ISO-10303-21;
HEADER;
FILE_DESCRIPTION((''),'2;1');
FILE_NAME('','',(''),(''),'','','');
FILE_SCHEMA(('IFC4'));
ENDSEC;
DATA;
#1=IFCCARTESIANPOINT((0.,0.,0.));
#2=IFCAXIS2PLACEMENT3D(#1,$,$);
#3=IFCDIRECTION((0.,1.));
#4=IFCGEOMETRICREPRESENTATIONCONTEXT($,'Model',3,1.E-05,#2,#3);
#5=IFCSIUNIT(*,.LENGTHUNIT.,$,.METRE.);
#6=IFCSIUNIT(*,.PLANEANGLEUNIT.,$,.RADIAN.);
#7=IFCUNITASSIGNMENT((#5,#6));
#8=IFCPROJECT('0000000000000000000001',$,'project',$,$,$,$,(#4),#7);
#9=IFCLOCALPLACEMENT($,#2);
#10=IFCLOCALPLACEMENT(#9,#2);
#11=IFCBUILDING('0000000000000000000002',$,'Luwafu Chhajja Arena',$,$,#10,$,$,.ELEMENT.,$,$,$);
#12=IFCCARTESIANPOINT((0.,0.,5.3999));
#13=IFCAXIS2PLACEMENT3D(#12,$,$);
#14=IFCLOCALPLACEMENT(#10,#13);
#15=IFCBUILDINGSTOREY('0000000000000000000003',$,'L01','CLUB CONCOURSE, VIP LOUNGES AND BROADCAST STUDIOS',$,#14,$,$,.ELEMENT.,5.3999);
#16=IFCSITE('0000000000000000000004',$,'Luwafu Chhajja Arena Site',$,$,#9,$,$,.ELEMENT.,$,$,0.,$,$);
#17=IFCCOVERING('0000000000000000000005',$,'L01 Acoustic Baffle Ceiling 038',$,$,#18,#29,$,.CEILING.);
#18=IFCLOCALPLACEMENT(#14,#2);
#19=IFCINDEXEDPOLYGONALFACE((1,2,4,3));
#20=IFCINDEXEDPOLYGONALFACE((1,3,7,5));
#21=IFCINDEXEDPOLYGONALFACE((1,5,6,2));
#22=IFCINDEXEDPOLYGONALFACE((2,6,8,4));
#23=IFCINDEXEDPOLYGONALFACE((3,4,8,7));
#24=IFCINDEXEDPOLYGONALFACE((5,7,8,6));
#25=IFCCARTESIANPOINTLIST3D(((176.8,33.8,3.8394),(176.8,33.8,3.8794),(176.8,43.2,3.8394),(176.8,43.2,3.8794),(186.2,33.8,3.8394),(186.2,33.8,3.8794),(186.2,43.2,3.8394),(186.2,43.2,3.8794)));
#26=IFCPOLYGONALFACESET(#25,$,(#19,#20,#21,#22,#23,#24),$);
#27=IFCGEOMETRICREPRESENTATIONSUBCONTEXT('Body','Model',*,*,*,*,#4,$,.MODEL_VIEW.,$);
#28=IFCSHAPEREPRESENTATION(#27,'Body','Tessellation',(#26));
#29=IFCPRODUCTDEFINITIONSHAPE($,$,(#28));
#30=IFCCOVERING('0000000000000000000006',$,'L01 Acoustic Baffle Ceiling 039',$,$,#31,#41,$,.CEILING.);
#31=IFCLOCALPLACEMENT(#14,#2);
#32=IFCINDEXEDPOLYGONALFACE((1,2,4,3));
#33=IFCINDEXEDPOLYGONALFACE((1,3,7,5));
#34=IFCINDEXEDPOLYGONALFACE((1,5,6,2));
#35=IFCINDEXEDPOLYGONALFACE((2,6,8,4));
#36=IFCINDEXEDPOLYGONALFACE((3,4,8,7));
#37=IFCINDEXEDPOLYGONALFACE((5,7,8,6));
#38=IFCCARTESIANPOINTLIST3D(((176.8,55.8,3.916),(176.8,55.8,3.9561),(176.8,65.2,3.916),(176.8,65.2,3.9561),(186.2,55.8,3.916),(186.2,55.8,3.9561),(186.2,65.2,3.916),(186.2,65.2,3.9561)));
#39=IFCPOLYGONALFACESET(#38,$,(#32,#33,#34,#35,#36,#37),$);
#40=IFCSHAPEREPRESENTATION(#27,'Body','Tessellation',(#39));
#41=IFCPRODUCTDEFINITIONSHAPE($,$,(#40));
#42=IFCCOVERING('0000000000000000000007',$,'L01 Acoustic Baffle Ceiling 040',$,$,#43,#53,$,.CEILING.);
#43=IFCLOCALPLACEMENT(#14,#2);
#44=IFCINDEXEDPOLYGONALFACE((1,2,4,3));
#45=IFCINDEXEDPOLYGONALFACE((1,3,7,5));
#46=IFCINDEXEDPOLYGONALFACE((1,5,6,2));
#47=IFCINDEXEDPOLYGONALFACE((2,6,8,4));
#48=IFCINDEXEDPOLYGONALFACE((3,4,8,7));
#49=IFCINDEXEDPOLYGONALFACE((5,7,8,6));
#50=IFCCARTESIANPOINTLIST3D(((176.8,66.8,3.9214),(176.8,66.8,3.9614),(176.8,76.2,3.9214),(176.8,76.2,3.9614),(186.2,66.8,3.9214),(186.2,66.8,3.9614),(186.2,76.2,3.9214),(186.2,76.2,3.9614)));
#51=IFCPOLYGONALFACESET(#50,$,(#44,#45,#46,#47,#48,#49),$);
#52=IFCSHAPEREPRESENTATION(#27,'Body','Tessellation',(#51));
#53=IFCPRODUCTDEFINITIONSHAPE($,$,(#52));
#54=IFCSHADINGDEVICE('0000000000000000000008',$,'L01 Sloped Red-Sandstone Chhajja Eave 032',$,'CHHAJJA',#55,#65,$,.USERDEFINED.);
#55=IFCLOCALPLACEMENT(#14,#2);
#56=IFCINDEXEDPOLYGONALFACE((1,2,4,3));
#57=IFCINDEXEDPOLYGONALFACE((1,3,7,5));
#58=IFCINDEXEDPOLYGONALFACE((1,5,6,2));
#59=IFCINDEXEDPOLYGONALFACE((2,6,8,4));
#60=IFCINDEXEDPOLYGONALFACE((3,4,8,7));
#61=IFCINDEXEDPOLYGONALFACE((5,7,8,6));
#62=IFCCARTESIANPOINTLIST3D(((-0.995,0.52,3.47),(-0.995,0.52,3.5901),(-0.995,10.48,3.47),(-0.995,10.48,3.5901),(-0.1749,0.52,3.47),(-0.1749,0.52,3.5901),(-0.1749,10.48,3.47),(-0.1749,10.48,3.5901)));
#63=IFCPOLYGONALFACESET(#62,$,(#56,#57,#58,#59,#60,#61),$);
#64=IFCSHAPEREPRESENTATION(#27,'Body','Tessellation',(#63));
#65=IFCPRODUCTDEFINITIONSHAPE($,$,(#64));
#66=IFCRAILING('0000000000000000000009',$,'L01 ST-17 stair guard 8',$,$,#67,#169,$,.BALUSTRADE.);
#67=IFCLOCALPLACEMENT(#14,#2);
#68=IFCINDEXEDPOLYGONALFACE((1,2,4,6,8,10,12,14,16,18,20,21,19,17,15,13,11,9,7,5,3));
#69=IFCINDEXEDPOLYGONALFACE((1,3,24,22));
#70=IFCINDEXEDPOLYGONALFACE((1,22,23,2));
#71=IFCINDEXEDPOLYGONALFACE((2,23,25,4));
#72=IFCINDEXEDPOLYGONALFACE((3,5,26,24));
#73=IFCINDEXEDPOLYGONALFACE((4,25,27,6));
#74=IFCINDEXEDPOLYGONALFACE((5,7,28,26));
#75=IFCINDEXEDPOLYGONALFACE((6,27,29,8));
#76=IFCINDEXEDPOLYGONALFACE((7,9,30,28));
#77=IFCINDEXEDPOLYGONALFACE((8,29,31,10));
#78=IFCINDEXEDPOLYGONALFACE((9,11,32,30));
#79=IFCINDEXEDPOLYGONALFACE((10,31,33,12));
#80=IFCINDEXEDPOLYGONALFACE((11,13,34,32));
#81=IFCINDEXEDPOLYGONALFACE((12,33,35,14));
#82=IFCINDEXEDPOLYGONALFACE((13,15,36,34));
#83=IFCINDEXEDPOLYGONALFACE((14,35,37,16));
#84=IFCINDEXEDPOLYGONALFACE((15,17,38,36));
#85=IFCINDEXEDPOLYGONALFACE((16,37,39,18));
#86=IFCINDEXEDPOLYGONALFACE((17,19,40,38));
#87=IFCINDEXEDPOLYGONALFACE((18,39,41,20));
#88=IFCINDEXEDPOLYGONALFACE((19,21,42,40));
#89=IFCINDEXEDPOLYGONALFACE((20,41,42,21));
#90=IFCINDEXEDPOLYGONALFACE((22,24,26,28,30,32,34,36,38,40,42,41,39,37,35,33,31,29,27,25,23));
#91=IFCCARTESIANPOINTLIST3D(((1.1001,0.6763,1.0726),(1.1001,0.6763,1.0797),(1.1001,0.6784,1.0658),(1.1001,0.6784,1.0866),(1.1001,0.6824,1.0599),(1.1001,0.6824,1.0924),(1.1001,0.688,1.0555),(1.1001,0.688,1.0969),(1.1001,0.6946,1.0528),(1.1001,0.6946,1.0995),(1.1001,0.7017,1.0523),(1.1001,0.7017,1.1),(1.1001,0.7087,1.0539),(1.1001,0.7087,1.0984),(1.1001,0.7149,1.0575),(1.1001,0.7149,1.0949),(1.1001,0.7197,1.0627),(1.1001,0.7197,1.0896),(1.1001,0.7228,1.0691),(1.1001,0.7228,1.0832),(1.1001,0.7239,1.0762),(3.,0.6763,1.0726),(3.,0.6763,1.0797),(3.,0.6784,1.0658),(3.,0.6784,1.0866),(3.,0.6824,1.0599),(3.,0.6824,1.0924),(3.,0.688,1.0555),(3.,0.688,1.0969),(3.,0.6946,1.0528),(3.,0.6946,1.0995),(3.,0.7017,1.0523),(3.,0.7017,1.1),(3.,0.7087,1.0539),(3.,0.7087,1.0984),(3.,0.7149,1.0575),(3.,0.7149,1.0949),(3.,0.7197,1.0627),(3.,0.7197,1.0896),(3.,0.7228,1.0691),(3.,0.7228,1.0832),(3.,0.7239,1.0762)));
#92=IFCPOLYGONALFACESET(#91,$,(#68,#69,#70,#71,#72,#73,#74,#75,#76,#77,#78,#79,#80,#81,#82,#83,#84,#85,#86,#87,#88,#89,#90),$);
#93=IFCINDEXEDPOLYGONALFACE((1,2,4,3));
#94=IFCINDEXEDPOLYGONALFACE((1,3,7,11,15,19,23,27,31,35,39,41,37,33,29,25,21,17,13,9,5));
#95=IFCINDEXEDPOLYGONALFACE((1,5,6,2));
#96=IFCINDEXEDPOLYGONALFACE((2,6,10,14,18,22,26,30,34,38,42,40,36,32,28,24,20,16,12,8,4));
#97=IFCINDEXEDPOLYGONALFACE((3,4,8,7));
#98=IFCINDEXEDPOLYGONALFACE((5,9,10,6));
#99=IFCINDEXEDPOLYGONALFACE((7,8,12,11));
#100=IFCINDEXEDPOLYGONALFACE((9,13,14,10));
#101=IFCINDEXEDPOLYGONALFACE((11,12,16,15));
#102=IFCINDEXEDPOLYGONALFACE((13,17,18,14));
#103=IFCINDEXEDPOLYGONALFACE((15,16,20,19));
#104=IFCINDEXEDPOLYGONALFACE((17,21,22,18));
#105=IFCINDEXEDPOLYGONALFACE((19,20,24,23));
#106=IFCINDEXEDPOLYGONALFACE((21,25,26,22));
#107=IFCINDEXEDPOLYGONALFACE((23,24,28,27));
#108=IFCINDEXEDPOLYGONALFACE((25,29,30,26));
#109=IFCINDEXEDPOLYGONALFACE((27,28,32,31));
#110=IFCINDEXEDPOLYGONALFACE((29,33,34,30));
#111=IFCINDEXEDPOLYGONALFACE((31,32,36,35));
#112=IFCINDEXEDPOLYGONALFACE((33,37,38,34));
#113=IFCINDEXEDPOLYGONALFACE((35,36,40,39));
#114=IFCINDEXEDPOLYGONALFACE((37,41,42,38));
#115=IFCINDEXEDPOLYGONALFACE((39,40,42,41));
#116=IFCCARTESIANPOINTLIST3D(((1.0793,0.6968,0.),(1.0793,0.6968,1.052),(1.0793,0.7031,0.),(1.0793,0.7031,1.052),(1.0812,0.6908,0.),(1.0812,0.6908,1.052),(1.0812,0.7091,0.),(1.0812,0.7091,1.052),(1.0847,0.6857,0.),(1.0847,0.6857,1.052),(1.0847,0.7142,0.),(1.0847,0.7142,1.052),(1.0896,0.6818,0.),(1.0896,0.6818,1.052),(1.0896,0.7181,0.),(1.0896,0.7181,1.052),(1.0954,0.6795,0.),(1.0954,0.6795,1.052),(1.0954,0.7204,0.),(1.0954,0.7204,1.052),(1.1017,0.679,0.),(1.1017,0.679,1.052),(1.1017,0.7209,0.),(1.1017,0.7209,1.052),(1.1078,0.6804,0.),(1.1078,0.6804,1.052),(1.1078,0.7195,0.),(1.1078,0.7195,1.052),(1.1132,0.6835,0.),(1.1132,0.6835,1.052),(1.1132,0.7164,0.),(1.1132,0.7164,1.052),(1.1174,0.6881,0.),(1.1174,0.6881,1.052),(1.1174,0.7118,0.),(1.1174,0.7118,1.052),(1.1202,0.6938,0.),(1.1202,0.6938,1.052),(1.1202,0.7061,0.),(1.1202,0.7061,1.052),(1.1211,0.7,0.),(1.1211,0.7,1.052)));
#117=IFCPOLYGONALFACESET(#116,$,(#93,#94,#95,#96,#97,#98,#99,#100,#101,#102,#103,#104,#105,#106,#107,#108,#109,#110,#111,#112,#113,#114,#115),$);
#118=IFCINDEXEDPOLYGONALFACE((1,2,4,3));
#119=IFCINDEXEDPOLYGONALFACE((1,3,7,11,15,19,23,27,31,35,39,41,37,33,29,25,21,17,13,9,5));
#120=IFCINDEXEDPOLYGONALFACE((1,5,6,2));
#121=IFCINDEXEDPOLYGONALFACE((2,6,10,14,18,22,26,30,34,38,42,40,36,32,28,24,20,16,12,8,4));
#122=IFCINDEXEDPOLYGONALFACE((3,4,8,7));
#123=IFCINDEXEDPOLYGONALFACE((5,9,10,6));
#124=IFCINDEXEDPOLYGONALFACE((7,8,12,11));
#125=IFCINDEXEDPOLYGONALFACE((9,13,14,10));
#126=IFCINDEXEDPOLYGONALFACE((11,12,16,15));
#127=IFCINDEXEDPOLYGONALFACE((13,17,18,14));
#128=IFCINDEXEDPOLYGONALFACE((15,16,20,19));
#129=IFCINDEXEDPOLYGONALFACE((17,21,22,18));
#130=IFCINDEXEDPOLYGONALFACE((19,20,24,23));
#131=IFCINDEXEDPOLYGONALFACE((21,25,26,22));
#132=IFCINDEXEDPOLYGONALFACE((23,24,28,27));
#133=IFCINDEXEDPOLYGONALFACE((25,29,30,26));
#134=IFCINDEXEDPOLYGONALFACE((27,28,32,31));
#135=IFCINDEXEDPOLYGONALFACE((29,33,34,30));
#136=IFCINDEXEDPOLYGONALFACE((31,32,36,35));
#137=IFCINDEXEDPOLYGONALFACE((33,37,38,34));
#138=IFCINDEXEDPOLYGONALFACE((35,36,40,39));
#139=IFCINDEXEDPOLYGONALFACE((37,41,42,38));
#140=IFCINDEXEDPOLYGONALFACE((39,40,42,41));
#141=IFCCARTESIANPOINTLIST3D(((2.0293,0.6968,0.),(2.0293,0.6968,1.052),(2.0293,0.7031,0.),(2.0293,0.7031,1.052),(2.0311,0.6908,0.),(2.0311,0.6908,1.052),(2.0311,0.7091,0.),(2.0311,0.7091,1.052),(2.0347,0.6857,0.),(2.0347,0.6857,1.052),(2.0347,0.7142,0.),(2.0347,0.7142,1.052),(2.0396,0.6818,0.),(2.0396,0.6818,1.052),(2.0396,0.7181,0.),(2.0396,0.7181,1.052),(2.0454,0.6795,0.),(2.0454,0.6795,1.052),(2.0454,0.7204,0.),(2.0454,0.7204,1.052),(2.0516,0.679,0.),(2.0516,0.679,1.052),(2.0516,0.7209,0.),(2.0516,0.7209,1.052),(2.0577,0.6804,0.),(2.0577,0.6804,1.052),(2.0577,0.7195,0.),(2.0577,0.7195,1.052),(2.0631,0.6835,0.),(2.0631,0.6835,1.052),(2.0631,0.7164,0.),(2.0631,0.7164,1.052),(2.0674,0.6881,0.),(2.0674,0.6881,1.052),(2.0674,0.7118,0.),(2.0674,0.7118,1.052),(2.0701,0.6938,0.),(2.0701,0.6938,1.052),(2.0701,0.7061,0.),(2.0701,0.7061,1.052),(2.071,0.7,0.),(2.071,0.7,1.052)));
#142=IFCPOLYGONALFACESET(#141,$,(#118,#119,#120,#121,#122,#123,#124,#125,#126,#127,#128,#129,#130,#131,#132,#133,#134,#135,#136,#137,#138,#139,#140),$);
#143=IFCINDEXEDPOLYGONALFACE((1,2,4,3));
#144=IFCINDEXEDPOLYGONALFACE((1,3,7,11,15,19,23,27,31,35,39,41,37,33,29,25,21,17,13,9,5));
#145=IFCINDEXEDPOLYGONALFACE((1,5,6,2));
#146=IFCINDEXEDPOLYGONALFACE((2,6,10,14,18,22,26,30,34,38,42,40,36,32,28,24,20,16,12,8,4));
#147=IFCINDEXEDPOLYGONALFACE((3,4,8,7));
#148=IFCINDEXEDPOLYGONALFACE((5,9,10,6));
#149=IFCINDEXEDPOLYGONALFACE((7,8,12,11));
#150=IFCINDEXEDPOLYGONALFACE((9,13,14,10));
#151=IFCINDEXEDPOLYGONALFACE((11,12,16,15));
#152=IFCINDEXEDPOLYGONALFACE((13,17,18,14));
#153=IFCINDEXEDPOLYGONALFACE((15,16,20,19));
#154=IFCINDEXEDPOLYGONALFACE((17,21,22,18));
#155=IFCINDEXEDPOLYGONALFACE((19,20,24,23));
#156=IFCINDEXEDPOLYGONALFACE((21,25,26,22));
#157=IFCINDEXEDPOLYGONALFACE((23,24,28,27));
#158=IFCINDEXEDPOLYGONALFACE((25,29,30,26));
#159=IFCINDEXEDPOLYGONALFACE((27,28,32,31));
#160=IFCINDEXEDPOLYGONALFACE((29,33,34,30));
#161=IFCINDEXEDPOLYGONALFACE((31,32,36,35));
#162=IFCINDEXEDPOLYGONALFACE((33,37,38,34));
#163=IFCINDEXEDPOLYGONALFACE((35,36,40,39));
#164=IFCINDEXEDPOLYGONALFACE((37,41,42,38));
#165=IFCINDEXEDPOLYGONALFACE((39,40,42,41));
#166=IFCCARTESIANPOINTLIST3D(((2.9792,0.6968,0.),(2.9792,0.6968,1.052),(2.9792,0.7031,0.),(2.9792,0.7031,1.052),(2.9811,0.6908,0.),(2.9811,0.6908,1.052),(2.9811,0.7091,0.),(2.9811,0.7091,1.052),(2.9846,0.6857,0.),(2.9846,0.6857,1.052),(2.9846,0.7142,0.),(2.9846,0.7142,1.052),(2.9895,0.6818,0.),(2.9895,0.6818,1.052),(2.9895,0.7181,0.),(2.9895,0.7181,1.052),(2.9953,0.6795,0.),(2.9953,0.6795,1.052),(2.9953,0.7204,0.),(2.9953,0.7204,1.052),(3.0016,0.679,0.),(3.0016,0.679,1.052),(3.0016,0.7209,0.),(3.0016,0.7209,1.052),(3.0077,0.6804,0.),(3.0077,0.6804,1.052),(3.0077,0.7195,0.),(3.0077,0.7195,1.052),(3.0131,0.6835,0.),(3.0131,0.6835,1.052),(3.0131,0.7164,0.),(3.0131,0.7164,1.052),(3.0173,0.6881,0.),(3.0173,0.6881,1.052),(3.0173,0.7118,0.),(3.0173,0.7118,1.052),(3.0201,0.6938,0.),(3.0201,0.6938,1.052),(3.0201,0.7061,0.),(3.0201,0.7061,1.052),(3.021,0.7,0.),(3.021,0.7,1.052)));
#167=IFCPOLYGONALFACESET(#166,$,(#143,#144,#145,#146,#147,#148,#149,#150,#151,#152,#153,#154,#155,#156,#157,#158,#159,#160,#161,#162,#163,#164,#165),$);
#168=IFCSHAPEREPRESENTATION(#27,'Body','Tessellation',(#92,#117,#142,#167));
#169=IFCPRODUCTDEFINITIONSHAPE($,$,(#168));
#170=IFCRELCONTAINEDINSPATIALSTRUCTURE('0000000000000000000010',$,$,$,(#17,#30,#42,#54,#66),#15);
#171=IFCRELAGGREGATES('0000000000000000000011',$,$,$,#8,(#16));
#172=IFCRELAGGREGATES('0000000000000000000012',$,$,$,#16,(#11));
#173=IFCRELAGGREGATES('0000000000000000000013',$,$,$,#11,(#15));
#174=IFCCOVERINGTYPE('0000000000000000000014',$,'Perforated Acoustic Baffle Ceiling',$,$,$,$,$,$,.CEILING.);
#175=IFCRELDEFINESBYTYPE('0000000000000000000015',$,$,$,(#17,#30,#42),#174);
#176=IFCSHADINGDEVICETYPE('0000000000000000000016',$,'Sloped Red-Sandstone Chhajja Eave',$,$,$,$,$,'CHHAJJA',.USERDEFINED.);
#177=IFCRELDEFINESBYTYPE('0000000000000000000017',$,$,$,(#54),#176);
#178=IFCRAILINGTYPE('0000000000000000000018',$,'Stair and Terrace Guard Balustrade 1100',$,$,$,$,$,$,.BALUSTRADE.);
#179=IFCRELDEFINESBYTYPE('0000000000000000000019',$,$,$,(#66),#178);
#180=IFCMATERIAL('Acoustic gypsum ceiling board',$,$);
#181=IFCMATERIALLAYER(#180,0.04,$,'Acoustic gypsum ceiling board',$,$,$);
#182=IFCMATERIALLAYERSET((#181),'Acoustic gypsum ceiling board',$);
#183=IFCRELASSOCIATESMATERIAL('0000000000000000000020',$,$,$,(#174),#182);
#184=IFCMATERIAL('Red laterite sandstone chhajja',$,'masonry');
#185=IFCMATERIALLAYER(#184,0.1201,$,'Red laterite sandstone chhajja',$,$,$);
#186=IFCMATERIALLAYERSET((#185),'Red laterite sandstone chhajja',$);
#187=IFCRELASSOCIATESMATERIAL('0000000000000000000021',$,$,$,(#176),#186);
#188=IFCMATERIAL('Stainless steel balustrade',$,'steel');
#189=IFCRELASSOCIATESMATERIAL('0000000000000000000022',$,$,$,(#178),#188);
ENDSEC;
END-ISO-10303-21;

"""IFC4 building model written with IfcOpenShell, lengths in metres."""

from ifc_helpers import new_model, si_unit, direction, frame, origin, origin_2d, place, context, subcontext, project, spatial, polyline, rectangle, circle, outline, extrude, material, layer, layer_set, type_object, element, save


model = new_model("IFC4")

# Units and contexts
model_context = context("Model", 3, precision=1e-05, world=origin(), true_north=direction((0.0, 1.0)))
body_context = subcontext(model_context, "Body", "Model", "MODEL_VIEW")
ifc_project = project(units=[si_unit("LENGTHUNIT", "METRE"), si_unit("PLANEANGLEUNIT", "RADIAN")], contexts=[model_context])

# Site, building, storey
site_placement = place(None, origin())
site = spatial("IfcSite", under=ifc_project, at=site_placement, Name="Luwafu Chhajja Arena Site", CompositionType="ELEMENT", RefElevation=0.0)
building_placement = place(site_placement, origin())
building = spatial("IfcBuilding", under=site, at=building_placement, Name="Luwafu Chhajja Arena", CompositionType="ELEMENT")
storey_placement = place(building_placement, frame((0.0, 0.0, 5.3999)))
storey = spatial("IfcBuildingStorey", under=building, at=storey_placement, Name="L01", Description="CLUB CONCOURSE, VIP LOUNGES AND BROADCAST STUDIOS", CompositionType="ELEMENT", Elevation=5.3999)

# Coverings
ifc_material_1 = material(Name="Acoustic gypsum ceiling board")
ifc_layer_1 = layer(ifc_material_1, 0.04, Name="Acoustic gypsum ceiling board")
ifc_layer_set_1 = layer_set([ifc_layer_1], Name="Acoustic gypsum ceiling board")
covering_type_1 = type_object("IfcCoveringType", Name="Perforated Acoustic Baffle Ceiling", PredefinedType="CEILING", material=ifc_layer_set_1)
covering_1_placement = place(storey_placement, frame((0.0, 0.0, 3.8394)))
element("IfcCovering", 1, at=covering_1_placement, inside=storey, type_object=covering_type_1, Name="L01 Acoustic Baffle Ceiling 038", PredefinedType="CEILING", context=body_context, shape_type="SweptSolid", body=[
    extrude(outline(polyline([(176.8, 33.8), (186.2, 33.8), (186.2, 43.2), (176.8, 43.2), (176.8, 33.8)])), origin(), (0.0, 0.0, 1.0), 0.04),
])
covering_2_placement = place(storey_placement, frame((0.0, 0.0, 3.916)))
element("IfcCovering", 2, at=covering_2_placement, inside=storey, type_object=covering_type_1, Name="L01 Acoustic Baffle Ceiling 039", PredefinedType="CEILING", context=body_context, shape_type="SweptSolid", body=[
    extrude(outline(polyline([(176.8, 55.8), (186.2, 55.8), (186.2, 65.2), (176.8, 65.2), (176.8, 55.8)])), origin(), (0.0, 0.0, 1.0), 0.04),
])
covering_3_placement = place(storey_placement, frame((0.0, 0.0, 3.9214)))
element("IfcCovering", 3, at=covering_3_placement, inside=storey, type_object=covering_type_1, Name="L01 Acoustic Baffle Ceiling 040", PredefinedType="CEILING", context=body_context, shape_type="SweptSolid", body=[
    extrude(outline(polyline([(176.8, 66.8), (186.2, 66.8), (186.2, 76.2), (176.8, 76.2), (176.8, 66.8)])), origin(), (0.0, 0.0, 1.0), 0.04),
])

# Shading device
ifc_material_2 = material(Name="Red laterite sandstone chhajja", Category="masonry")
ifc_layer_2 = layer(ifc_material_2, 0.1201, Name="Red laterite sandstone chhajja")
ifc_layer_set_2 = layer_set([ifc_layer_2], Name="Red laterite sandstone chhajja")
shading_device_type = type_object("IfcShadingDeviceType", Name="Sloped Red-Sandstone Chhajja Eave", ElementType="CHHAJJA", PredefinedType="USERDEFINED", material=ifc_layer_set_2)
shading_device_placement = place(storey_placement, frame((-0.585, 5.5, 3.47), z_axis=(0.0, 0.0, 1.0), x_axis=(0.0, 1.0, 0.0)))
element("IfcShadingDevice", 4, at=shading_device_placement, inside=storey, type_object=shading_device_type, Name="L01 Sloped Red-Sandstone Chhajja Eave 032", ObjectType="CHHAJJA", PredefinedType="USERDEFINED", context=body_context, shape_type="SweptSolid", body=[
    extrude(rectangle(XDim=9.96, YDim=0.8201, at=origin_2d()), origin(), (0.0, 0.0, 1.0), 0.1201),
])

# Railing
ifc_material_3 = material(Name="Stainless steel balustrade", Category="steel")
railing_type = type_object("IfcRailingType", Name="Stair and Terrace Guard Balustrade 1100", PredefinedType="BALUSTRADE", material=ifc_material_3)
for number, where, name in (
    (5, (1.1001, 0.7, 0.0), "L01 ST-17 stair guard 8"),
):
    element("IfcRailing", number, at=place(storey_placement, frame(where)), inside=storey, type_object=railing_type, Name=name, PredefinedType="BALUSTRADE", context=body_context, shape_type="SweptSolid", body=[
        extrude(circle(Radius=0.0239, at=origin_2d()), frame((0.0, 0.0, 1.0762), z_axis=(1.0, 0.0, 0.0), x_axis=(0.0, 1.0, 0.0)), (0.0, 0.0, 1.0), 1.8999),
        extrude(circle(Radius=0.021, at=origin_2d()), origin(), (0.0, 0.0, 1.0), 1.052),
        extrude(circle(Radius=0.021, at=origin_2d()), frame((0.95, 0.0, 0.0)), (0.0, 0.0, 1.0), 1.052),
        extrude(circle(Radius=0.021, at=origin_2d()), frame((1.8999, 0.0, 0.0)), (0.0, 0.0, 1.0), 1.052),
    ])

save(model, "model.ifc")
